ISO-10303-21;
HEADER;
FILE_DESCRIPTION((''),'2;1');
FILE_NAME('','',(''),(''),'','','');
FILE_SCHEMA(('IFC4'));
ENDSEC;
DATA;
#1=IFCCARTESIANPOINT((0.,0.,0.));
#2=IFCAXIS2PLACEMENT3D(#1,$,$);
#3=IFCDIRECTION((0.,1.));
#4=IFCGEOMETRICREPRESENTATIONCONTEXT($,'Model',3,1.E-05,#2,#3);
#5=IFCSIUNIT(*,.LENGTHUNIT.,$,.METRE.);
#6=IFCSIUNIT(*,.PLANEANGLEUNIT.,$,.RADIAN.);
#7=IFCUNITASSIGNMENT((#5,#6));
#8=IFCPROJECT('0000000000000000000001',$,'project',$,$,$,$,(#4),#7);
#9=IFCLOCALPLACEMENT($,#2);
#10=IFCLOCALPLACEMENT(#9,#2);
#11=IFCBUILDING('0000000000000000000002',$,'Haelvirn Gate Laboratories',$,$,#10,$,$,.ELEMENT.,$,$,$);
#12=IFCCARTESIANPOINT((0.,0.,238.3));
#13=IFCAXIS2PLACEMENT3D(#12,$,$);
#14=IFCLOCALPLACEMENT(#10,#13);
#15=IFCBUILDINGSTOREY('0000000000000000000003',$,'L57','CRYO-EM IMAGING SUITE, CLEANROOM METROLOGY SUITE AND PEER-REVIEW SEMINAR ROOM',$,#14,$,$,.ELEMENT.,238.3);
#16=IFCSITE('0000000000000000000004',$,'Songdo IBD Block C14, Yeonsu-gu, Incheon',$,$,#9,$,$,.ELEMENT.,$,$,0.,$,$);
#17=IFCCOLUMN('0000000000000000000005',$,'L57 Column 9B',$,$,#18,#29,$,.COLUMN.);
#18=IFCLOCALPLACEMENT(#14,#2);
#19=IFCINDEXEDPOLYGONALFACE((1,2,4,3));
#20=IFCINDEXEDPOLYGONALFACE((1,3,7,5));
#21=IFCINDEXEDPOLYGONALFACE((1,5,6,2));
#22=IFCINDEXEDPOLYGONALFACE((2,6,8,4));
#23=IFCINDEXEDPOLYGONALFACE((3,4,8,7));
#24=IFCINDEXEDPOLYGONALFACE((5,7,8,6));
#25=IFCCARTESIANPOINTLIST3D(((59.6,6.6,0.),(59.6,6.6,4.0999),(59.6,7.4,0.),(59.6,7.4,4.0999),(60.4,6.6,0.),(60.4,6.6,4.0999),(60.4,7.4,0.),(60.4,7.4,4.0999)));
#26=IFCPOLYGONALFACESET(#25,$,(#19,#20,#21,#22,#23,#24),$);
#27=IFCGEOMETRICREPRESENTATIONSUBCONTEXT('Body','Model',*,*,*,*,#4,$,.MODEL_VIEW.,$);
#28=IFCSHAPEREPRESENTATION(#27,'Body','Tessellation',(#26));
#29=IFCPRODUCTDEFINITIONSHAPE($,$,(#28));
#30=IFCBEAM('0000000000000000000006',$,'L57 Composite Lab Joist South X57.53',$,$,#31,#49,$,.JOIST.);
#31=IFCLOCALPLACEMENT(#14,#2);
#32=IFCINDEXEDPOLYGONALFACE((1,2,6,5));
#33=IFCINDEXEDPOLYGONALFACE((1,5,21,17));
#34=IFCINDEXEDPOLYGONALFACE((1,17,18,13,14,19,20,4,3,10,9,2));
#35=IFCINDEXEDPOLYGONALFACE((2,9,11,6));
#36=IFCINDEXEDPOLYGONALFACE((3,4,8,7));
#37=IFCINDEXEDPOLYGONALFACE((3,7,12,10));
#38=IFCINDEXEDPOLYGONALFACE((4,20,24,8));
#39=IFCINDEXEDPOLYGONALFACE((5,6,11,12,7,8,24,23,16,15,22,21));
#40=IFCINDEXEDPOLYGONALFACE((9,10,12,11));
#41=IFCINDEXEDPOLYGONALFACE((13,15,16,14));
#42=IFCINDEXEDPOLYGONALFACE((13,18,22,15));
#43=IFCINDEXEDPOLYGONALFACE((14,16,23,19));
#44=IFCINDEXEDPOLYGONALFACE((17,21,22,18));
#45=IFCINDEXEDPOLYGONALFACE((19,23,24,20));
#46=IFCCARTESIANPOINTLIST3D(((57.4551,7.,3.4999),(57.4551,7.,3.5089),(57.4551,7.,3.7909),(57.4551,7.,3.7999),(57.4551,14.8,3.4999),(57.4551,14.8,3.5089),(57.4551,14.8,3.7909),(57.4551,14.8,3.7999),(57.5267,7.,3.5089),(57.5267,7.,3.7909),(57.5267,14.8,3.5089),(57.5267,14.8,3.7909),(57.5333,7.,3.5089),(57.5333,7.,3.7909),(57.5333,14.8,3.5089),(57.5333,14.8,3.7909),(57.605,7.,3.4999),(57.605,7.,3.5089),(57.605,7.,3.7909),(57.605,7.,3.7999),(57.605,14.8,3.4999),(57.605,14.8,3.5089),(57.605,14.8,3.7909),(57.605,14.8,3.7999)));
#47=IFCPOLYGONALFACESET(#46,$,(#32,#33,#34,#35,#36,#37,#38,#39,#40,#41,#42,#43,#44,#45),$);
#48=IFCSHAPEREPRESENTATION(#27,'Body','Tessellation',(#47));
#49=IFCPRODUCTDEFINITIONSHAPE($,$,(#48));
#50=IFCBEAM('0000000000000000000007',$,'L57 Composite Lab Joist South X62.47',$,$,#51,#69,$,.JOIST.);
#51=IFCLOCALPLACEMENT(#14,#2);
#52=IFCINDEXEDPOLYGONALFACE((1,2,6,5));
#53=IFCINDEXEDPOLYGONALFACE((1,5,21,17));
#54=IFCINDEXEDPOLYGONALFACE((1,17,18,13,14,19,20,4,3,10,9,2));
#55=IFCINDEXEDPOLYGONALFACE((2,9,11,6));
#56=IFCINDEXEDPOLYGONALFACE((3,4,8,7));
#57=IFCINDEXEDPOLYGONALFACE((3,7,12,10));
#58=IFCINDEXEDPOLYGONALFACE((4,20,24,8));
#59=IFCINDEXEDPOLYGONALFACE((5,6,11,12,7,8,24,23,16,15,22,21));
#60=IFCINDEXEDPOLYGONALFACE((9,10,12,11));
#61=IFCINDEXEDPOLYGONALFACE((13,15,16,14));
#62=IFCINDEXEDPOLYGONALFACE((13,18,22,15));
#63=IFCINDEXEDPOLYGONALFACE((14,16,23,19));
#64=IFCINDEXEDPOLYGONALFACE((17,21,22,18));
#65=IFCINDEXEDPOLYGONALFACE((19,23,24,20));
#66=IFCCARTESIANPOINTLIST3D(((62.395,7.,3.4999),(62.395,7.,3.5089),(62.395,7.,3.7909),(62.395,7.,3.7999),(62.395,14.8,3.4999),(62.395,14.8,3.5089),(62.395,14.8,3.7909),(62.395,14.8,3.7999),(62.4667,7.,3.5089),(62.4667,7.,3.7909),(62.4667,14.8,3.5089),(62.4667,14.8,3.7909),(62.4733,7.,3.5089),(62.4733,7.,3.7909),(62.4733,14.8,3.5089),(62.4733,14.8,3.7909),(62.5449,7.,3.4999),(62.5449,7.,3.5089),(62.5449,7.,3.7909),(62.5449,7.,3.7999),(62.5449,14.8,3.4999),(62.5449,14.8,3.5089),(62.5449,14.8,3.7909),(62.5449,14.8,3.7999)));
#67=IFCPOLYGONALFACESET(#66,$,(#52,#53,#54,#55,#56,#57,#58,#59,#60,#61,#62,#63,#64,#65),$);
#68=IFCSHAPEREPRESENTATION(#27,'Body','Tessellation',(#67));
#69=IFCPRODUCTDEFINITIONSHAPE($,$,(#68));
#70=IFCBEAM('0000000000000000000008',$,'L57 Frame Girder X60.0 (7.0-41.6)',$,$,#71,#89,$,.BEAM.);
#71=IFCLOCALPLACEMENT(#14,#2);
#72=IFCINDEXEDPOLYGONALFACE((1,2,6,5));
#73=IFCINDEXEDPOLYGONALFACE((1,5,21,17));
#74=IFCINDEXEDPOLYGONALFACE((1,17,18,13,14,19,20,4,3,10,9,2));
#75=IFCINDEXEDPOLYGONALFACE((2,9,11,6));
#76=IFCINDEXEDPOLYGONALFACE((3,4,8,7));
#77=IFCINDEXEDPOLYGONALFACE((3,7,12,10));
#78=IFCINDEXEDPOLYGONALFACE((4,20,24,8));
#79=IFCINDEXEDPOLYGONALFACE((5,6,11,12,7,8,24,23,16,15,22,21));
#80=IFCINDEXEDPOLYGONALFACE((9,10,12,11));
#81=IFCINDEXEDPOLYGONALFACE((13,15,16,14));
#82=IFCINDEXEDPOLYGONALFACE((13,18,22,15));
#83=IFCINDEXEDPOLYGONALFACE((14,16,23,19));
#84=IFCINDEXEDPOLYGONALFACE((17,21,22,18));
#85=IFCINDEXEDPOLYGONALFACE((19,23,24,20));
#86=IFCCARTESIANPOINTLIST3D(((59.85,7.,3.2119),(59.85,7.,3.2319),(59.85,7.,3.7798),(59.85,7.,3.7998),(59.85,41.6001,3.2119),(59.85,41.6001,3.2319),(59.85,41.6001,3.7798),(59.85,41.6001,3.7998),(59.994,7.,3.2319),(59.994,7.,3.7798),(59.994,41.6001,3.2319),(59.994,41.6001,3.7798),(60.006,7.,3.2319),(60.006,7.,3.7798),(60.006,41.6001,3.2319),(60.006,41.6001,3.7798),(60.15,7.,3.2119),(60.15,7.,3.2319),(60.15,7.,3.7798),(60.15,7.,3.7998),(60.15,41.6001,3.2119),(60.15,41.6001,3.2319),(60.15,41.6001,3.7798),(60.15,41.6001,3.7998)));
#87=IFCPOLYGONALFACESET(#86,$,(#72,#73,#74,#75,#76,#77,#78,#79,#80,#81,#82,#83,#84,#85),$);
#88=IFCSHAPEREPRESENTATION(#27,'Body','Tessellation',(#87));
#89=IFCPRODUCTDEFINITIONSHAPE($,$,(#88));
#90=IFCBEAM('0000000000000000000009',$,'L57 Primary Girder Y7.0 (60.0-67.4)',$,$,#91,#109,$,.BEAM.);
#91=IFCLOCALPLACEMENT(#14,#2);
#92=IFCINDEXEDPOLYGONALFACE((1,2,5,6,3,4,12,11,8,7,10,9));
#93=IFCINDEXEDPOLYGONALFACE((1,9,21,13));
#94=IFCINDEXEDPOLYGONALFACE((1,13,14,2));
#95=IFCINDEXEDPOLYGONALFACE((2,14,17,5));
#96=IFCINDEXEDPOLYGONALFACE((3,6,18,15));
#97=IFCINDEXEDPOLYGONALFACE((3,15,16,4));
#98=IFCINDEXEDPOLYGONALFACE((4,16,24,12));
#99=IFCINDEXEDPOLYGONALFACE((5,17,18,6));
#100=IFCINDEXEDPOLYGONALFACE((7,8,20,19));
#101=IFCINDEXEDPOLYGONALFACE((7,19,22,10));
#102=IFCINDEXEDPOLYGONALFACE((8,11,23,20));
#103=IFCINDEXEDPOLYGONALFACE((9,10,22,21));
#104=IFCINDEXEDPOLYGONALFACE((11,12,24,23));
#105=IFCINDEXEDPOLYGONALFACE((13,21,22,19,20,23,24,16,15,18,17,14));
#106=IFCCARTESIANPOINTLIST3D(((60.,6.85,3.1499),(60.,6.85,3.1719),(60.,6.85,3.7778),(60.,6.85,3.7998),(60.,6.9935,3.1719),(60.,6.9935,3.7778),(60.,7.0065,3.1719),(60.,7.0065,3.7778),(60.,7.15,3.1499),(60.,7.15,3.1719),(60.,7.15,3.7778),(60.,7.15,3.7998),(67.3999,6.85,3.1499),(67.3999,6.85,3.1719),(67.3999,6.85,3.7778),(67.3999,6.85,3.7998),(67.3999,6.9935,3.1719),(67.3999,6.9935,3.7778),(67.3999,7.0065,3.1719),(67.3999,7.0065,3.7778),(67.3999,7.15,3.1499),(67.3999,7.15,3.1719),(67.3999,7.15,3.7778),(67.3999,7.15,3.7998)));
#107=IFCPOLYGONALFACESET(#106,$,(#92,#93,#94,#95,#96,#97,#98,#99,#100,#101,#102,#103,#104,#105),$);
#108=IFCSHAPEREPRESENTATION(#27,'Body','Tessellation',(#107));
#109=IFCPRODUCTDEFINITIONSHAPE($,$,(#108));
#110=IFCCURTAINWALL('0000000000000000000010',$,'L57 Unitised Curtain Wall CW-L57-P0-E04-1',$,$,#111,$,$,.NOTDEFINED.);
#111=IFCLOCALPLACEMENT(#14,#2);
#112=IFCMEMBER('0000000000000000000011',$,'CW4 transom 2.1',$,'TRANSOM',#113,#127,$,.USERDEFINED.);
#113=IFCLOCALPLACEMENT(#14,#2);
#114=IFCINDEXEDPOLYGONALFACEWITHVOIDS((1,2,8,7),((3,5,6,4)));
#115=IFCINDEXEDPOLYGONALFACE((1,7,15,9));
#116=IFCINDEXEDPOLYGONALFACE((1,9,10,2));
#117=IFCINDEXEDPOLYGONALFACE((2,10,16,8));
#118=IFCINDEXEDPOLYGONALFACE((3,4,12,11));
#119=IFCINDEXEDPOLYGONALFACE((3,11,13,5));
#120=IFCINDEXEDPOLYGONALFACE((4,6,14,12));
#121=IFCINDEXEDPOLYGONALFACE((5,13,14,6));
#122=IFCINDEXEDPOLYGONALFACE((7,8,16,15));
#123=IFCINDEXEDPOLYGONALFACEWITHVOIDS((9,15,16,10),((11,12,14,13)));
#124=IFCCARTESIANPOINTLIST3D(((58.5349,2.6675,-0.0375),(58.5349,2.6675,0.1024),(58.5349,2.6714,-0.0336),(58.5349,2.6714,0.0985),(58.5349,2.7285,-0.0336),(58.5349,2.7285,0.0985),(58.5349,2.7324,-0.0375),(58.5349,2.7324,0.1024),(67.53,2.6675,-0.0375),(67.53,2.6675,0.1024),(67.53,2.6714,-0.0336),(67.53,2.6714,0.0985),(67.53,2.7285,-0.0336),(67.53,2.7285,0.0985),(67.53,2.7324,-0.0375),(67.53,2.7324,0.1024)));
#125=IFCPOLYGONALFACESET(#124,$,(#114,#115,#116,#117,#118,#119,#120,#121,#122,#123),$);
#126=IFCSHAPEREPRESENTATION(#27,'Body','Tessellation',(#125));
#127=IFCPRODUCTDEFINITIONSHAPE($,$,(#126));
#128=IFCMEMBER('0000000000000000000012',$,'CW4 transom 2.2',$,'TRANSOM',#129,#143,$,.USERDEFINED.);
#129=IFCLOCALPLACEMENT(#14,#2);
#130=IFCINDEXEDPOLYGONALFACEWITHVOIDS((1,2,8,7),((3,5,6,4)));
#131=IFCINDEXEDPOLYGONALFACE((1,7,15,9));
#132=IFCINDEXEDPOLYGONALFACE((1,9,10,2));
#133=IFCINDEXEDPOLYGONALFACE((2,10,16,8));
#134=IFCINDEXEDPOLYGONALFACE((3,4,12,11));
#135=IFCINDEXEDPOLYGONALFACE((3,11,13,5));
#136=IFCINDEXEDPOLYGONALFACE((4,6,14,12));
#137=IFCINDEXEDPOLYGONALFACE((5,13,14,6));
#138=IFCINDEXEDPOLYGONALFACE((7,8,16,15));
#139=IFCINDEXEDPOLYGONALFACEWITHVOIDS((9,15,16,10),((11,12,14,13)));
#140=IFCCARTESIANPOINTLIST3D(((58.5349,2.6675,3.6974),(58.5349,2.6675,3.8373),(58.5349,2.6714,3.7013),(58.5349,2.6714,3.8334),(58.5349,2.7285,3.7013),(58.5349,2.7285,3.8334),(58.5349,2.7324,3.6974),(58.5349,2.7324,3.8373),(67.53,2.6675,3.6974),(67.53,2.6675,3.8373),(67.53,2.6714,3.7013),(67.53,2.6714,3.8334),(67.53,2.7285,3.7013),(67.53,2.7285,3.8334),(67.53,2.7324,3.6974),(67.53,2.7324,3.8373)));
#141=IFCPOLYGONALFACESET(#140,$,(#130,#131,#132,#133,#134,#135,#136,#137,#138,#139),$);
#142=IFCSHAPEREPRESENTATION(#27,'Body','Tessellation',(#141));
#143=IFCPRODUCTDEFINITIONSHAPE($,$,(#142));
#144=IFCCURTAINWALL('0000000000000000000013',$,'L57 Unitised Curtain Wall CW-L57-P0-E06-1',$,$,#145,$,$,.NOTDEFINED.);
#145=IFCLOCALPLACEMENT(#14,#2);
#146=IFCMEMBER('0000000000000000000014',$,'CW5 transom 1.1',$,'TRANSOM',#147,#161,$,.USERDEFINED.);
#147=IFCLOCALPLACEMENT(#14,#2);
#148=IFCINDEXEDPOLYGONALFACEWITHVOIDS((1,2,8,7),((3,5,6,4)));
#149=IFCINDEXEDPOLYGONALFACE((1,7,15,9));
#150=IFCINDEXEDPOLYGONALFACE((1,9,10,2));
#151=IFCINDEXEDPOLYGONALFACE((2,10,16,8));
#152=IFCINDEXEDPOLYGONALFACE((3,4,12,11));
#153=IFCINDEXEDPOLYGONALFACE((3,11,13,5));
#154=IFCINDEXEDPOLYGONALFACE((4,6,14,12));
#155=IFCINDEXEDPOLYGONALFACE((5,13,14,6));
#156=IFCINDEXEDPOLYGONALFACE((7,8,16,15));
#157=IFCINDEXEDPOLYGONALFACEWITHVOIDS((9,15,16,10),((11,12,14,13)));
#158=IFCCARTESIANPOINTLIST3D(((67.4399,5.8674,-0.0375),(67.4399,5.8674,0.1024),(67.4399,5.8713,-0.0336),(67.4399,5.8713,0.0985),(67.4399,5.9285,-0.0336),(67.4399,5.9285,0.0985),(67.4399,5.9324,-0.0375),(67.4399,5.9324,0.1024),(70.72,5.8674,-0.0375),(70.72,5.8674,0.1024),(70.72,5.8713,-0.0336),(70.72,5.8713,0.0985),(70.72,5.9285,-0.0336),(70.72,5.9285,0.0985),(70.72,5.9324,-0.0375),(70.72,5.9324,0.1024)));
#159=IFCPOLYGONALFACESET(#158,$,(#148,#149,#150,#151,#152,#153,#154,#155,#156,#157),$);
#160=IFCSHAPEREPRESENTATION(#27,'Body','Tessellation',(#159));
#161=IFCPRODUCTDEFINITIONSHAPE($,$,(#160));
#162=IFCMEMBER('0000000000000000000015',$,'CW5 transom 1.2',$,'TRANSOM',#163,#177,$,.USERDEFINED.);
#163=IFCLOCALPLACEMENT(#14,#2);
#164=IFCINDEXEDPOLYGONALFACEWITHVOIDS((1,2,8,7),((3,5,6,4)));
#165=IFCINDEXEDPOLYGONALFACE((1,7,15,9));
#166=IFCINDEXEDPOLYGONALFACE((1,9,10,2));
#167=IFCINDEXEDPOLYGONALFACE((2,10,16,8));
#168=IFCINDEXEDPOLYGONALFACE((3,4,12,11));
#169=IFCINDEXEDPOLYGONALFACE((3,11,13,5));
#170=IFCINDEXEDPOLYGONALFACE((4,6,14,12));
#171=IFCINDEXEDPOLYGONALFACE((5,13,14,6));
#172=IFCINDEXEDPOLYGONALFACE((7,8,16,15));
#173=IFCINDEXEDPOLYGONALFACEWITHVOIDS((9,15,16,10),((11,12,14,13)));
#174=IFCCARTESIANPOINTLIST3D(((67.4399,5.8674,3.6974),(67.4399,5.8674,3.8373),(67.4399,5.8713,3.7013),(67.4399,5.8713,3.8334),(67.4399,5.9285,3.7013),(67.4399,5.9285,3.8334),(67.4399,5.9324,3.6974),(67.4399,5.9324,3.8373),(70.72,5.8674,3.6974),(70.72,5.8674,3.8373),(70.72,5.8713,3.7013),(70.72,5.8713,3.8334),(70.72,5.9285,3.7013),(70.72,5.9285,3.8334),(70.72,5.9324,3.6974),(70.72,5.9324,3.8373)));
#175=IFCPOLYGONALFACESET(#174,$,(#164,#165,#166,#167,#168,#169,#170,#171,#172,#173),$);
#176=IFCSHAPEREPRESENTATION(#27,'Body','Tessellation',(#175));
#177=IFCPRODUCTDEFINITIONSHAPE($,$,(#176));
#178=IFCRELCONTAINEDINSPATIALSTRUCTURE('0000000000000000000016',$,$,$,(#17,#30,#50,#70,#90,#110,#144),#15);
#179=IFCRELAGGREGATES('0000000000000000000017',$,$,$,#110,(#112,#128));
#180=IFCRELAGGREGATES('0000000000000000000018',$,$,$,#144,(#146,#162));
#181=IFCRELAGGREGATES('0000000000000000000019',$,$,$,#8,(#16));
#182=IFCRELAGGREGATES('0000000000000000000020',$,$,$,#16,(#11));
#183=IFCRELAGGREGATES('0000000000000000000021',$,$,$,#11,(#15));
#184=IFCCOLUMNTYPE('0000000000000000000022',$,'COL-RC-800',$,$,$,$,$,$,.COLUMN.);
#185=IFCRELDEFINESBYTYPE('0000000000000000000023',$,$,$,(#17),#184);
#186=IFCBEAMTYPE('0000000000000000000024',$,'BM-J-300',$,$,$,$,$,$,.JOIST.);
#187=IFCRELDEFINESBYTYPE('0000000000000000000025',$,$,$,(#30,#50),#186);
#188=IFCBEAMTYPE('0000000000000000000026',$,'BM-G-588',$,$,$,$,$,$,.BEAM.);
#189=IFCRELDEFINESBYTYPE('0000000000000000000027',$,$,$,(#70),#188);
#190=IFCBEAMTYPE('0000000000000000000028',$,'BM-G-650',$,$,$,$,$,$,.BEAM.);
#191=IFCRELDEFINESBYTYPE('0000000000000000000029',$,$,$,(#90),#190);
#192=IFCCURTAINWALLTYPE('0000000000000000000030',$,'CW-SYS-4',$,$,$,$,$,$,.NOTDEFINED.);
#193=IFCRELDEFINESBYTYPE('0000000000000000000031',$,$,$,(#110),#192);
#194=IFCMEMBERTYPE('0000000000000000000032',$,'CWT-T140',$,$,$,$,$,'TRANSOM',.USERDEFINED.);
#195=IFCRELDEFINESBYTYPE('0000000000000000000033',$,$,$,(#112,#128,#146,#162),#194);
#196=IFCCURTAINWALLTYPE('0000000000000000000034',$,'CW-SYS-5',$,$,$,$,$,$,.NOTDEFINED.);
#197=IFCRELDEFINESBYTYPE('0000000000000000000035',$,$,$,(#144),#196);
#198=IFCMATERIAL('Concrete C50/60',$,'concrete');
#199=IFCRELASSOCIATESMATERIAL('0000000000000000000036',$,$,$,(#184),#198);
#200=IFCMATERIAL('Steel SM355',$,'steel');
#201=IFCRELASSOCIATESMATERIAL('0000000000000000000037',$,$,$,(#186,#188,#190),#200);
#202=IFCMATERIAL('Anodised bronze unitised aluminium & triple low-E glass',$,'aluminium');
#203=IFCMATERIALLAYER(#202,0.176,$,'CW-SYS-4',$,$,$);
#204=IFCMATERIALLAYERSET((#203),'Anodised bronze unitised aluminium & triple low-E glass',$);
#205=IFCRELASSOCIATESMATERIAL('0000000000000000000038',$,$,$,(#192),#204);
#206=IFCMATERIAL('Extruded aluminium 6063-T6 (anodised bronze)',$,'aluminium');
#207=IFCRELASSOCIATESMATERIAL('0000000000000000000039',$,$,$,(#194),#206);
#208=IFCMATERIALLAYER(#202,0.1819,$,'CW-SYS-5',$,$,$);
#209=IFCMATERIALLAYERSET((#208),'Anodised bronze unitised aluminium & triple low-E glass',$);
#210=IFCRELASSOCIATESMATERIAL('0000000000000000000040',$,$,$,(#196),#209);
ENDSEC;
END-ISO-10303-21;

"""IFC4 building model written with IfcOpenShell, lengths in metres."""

from ifc_helpers import new_model, si_unit, direction, frame, origin, origin_2d, place, context, subcontext, project, spatial, rectangle, hollow_rectangle, i_section, extrude, source, transform, mapped, material, layer, layer_set, material_profile, profile_set, type_object, type_shapes, element, aggregate, save


model = new_model("IFC4")

# Units and contexts
model_context = context("Model", 3, precision=1e-05, world=origin(), true_north=direction((0.0, 1.0)))
body_context = subcontext(model_context, "Body", "Model", "MODEL_VIEW")
ifc_project = project(units=[si_unit("LENGTHUNIT", "METRE"), si_unit("PLANEANGLEUNIT", "RADIAN")], contexts=[model_context])

# Site, building, storey
site_placement = place(None, origin())
site = spatial("IfcSite", under=ifc_project, at=site_placement, Name="Songdo IBD Block C14, Yeonsu-gu, Incheon", CompositionType="ELEMENT", RefElevation=0.0)
building_placement = place(site_placement, origin())
building = spatial("IfcBuilding", under=site, at=building_placement, Name="Haelvirn Gate Laboratories", CompositionType="ELEMENT")
storey_placement = place(building_placement, frame((0.0, 0.0, 238.3)))
storey = spatial("IfcBuildingStorey", under=building, at=storey_placement, Name="L57", Description="CRYO-EM IMAGING SUITE, CLEANROOM METROLOGY SUITE AND PEER-REVIEW SEMINAR ROOM", CompositionType="ELEMENT", Elevation=238.3)

# Column
ifc_material_1 = material(Name="Concrete C50/60", Category="concrete")
ifc_material_profile_1 = material_profile(ifc_material_1, rectangle(XDim=0.8, YDim=0.8, at=origin_2d()), Name="RC-800x800")
ifc_profile_set_1 = profile_set([ifc_material_profile_1], Name="Concrete C50/60")
column_type = type_object("IfcColumnType", Name="COL-RC-800", PredefinedType="COLUMN", material=ifc_profile_set_1)
shared_shape_1 = source(origin(), body_context, "Body", "SweptSolid", [
    extrude(rectangle(XDim=0.8, YDim=0.8, at=origin_2d()), origin(), (0.0, 0.0, 1.0), 4.0999),
])
type_shapes(column_type, [shared_shape_1])
column_placement = place(storey_placement, frame((60.0, 7.0, 0.0), z_axis=(0.0, 0.0, 1.0), x_axis=(1.0, 0.0, 0.0)))
element("IfcColumn", 1, at=column_placement, inside=storey, type_object=column_type, Name="L57 Column 9B", PredefinedType="COLUMN", context=body_context, shape_type="MappedRepresentation", body=[
    mapped(shared_shape_1, transform((0.0, 0.0, 0.0), scale=1.0)),
])

# Beams
ifc_material_2 = material(Name="Steel SM355", Category="steel")
ifc_material_profile_2 = material_profile(ifc_material_2, i_section(OverallWidth=0.1499, OverallDepth=0.3, WebThickness=0.0066, FlangeThickness=0.009, at=origin_2d()), Name="H-300x150x6.5x9")
ifc_profile_set_2 = profile_set([ifc_material_profile_2], Name="Steel SM355")
beam_type_1 = type_object("IfcBeamType", Name="BM-J-300", PredefinedType="JOIST", material=ifc_profile_set_2)
shared_shape_2 = source(origin(), body_context, "Body", "SweptSolid", [
    extrude(i_section(OverallWidth=0.1499, OverallDepth=0.3, WebThickness=0.0066, FlangeThickness=0.009, at=origin_2d()), origin(), (0.0, 0.0, 1.0), 7.8),
])
type_shapes(beam_type_1, [shared_shape_2])
for number, where, z_axis, x_axis, name in (
    (2, (57.53, 7.0, 3.6499), (0.0, 1.0, 0.0), (-1.0, 0.0, 0.0), "L57 Composite Lab Joist South X57.53"),
    (3, (62.47, 7.0, 3.6499), (0.0, 1.0, 0.0), (-1.0, 0.0, 0.0), "L57 Composite Lab Joist South X62.47"),
):
    element("IfcBeam", number, at=place(storey_placement, frame(where, z_axis=z_axis, x_axis=x_axis)), inside=storey, type_object=beam_type_1, Name=name, PredefinedType="JOIST", context=body_context, shape_type="MappedRepresentation", body=[
        mapped(shared_shape_2, transform((0.0, 0.0, 0.0), scale=1.0)),
    ])
ifc_material_profile_3 = material_profile(ifc_material_2, i_section(OverallWidth=0.3, OverallDepth=0.5879, WebThickness=0.012, FlangeThickness=0.02, at=origin_2d()), Name="H-588x300x12x20")
ifc_profile_set_3 = profile_set([ifc_material_profile_3], Name="Steel SM355")
beam_type_2 = type_object("IfcBeamType", Name="BM-G-588", PredefinedType="BEAM", material=ifc_profile_set_3)
shared_shape_3 = source(origin(), body_context, "Body", "SweptSolid", [
    extrude(i_section(OverallWidth=0.3, OverallDepth=0.5879, WebThickness=0.012, FlangeThickness=0.02, at=origin_2d()), origin(), (0.0, 0.0, 1.0), 34.6001),
])
type_shapes(beam_type_2, [shared_shape_3])
beam_1_placement = place(storey_placement, frame((60.0, 7.0, 3.5059), z_axis=(0.0, 1.0, 0.0), x_axis=(-1.0, 0.0, 0.0)))
element("IfcBeam", 4, at=beam_1_placement, inside=storey, type_object=beam_type_2, Name="L57 Frame Girder X60.0 (7.0-41.6)", PredefinedType="BEAM", context=body_context, shape_type="MappedRepresentation", body=[
    mapped(shared_shape_3, transform((0.0, 0.0, 0.0), scale=1.0)),
])
ifc_material_profile_4 = material_profile(ifc_material_2, i_section(OverallWidth=0.3, OverallDepth=0.6499, WebThickness=0.0129, FlangeThickness=0.022, at=origin_2d()), Name="H-650x300x13x22")
ifc_profile_set_4 = profile_set([ifc_material_profile_4], Name="Steel SM355")
beam_type_3 = type_object("IfcBeamType", Name="BM-G-650", PredefinedType="BEAM", material=ifc_profile_set_4)
shared_shape_4 = source(origin(), body_context, "Body", "SweptSolid", [
    extrude(i_section(OverallWidth=0.3, OverallDepth=0.6499, WebThickness=0.0129, FlangeThickness=0.022, at=origin_2d()), origin(), (0.0, 0.0, 1.0), 7.3999),
])
type_shapes(beam_type_3, [shared_shape_4])
beam_2_placement = place(storey_placement, frame((60.0, 7.0, 3.4749), z_axis=(1.0, 0.0, 0.0), x_axis=(0.0, 1.0, 0.0)))
element("IfcBeam", 5, at=beam_2_placement, inside=storey, type_object=beam_type_3, Name="L57 Primary Girder Y7.0 (60.0-67.4)", PredefinedType="BEAM", context=body_context, shape_type="MappedRepresentation", body=[
    mapped(shared_shape_4, transform((0.0, 0.0, 0.0), scale=1.0)),
])

# Curtain walls, members
ifc_material_3 = material(Name="Anodised bronze unitised aluminium & triple low-E glass", Category="aluminium")
ifc_layer_1 = layer(ifc_material_3, 0.176, Name="CW-SYS-4")
ifc_layer_set_1 = layer_set([ifc_layer_1], Name="Anodised bronze unitised aluminium & triple low-E glass")
curtain_wall_type_1 = type_object("IfcCurtainWallType", Name="CW-SYS-4", PredefinedType="NOTDEFINED", material=ifc_layer_set_1)
curtain_wall_1_placement = place(storey_placement, origin())
curtain_wall_1 = element("IfcCurtainWall", 6, at=curtain_wall_1_placement, inside=storey, type_object=curtain_wall_type_1, Name="L57 Unitised Curtain Wall CW-L57-P0-E04-1", PredefinedType="NOTDEFINED")
ifc_material_4 = material(Name="Extruded aluminium 6063-T6 (anodised bronze)", Category="aluminium")
ifc_material_profile_5 = material_profile(ifc_material_4, hollow_rectangle(XDim=0.0649, YDim=0.1399, WallThickness=0.0039, at=origin_2d()), Name="CWT-140x65x4")
ifc_profile_set_5 = profile_set([ifc_material_profile_5], Name="Extruded aluminium 6063-T6 (anodised bronze)")
member_type_1 = type_object("IfcMemberType", Name="CWT-T140", ElementType="TRANSOM", PredefinedType="USERDEFINED", material=ifc_profile_set_5)
shared_shape_5 = source(origin(), body_context, "Body", "SweptSolid", [
    extrude(hollow_rectangle(XDim=0.0649, YDim=0.1399, WallThickness=0.0039, at=origin_2d()), origin(), (0.0, 0.0, 1.0), 8.9951),
])
member_1_placement = place(storey_placement, frame((58.5349, 2.7, 0.0325), z_axis=(1.0, 0.0, 0.0), x_axis=(0.0, 1.0, 0.0)))
member_1 = element("IfcMember", 7, at=member_1_placement, type_object=member_type_1, Name="CW4 transom 2.1", ObjectType="TRANSOM", PredefinedType="USERDEFINED", context=body_context, shape_type="MappedRepresentation", body=[
    mapped(shared_shape_5, transform((0.0, 0.0, 0.0), scale=1.0)),
])
member_2_placement = place(storey_placement, frame((58.5349, 2.7, 3.7673), z_axis=(1.0, 0.0, 0.0), x_axis=(0.0, 1.0, 0.0)))
member_2 = element("IfcMember", 8, at=member_2_placement, type_object=member_type_1, Name="CW4 transom 2.2", ObjectType="TRANSOM", PredefinedType="USERDEFINED", context=body_context, shape_type="MappedRepresentation", body=[
    mapped(shared_shape_5, transform((0.0, 0.0, 0.0), scale=1.0)),
])
ifc_layer_2 = layer(ifc_material_3, 0.1819, Name="CW-SYS-5")
ifc_layer_set_2 = layer_set([ifc_layer_2], Name="Anodised bronze unitised aluminium & triple low-E glass")
curtain_wall_type_2 = type_object("IfcCurtainWallType", Name="CW-SYS-5", PredefinedType="NOTDEFINED", material=ifc_layer_set_2)
curtain_wall_2_placement = place(storey_placement, origin())
curtain_wall_2 = element("IfcCurtainWall", 9, at=curtain_wall_2_placement, inside=storey, type_object=curtain_wall_type_2, Name="L57 Unitised Curtain Wall CW-L57-P0-E06-1", PredefinedType="NOTDEFINED")
shared_shape_6 = source(origin(), body_context, "Body", "SweptSolid", [
    extrude(hollow_rectangle(XDim=0.0649, YDim=0.1399, WallThickness=0.0039, at=origin_2d()), origin(), (0.0, 0.0, 1.0), 3.28),
])
member_3_placement = place(storey_placement, frame((67.4399, 5.8999, 0.0325), z_axis=(1.0, 0.0, 0.0), x_axis=(0.0, 1.0, 0.0)))
member_3 = element("IfcMember", 10, at=member_3_placement, type_object=member_type_1, Name="CW5 transom 1.1", ObjectType="TRANSOM", PredefinedType="USERDEFINED", context=body_context, shape_type="MappedRepresentation", body=[
    mapped(shared_shape_6, transform((0.0, 0.0, 0.0), scale=1.0)),
])
member_4_placement = place(storey_placement, frame((67.4399, 5.8999, 3.7673), z_axis=(1.0, 0.0, 0.0), x_axis=(0.0, 1.0, 0.0)))
member_4 = element("IfcMember", 11, at=member_4_placement, type_object=member_type_1, Name="CW5 transom 1.2", ObjectType="TRANSOM", PredefinedType="USERDEFINED", context=body_context, shape_type="MappedRepresentation", body=[
    mapped(shared_shape_6, transform((0.0, 0.0, 0.0), scale=1.0)),
])

aggregate(curtain_wall_1, [member_1, member_2])
aggregate(curtain_wall_2, [member_3, member_4])

save(model, "model.ifc")
